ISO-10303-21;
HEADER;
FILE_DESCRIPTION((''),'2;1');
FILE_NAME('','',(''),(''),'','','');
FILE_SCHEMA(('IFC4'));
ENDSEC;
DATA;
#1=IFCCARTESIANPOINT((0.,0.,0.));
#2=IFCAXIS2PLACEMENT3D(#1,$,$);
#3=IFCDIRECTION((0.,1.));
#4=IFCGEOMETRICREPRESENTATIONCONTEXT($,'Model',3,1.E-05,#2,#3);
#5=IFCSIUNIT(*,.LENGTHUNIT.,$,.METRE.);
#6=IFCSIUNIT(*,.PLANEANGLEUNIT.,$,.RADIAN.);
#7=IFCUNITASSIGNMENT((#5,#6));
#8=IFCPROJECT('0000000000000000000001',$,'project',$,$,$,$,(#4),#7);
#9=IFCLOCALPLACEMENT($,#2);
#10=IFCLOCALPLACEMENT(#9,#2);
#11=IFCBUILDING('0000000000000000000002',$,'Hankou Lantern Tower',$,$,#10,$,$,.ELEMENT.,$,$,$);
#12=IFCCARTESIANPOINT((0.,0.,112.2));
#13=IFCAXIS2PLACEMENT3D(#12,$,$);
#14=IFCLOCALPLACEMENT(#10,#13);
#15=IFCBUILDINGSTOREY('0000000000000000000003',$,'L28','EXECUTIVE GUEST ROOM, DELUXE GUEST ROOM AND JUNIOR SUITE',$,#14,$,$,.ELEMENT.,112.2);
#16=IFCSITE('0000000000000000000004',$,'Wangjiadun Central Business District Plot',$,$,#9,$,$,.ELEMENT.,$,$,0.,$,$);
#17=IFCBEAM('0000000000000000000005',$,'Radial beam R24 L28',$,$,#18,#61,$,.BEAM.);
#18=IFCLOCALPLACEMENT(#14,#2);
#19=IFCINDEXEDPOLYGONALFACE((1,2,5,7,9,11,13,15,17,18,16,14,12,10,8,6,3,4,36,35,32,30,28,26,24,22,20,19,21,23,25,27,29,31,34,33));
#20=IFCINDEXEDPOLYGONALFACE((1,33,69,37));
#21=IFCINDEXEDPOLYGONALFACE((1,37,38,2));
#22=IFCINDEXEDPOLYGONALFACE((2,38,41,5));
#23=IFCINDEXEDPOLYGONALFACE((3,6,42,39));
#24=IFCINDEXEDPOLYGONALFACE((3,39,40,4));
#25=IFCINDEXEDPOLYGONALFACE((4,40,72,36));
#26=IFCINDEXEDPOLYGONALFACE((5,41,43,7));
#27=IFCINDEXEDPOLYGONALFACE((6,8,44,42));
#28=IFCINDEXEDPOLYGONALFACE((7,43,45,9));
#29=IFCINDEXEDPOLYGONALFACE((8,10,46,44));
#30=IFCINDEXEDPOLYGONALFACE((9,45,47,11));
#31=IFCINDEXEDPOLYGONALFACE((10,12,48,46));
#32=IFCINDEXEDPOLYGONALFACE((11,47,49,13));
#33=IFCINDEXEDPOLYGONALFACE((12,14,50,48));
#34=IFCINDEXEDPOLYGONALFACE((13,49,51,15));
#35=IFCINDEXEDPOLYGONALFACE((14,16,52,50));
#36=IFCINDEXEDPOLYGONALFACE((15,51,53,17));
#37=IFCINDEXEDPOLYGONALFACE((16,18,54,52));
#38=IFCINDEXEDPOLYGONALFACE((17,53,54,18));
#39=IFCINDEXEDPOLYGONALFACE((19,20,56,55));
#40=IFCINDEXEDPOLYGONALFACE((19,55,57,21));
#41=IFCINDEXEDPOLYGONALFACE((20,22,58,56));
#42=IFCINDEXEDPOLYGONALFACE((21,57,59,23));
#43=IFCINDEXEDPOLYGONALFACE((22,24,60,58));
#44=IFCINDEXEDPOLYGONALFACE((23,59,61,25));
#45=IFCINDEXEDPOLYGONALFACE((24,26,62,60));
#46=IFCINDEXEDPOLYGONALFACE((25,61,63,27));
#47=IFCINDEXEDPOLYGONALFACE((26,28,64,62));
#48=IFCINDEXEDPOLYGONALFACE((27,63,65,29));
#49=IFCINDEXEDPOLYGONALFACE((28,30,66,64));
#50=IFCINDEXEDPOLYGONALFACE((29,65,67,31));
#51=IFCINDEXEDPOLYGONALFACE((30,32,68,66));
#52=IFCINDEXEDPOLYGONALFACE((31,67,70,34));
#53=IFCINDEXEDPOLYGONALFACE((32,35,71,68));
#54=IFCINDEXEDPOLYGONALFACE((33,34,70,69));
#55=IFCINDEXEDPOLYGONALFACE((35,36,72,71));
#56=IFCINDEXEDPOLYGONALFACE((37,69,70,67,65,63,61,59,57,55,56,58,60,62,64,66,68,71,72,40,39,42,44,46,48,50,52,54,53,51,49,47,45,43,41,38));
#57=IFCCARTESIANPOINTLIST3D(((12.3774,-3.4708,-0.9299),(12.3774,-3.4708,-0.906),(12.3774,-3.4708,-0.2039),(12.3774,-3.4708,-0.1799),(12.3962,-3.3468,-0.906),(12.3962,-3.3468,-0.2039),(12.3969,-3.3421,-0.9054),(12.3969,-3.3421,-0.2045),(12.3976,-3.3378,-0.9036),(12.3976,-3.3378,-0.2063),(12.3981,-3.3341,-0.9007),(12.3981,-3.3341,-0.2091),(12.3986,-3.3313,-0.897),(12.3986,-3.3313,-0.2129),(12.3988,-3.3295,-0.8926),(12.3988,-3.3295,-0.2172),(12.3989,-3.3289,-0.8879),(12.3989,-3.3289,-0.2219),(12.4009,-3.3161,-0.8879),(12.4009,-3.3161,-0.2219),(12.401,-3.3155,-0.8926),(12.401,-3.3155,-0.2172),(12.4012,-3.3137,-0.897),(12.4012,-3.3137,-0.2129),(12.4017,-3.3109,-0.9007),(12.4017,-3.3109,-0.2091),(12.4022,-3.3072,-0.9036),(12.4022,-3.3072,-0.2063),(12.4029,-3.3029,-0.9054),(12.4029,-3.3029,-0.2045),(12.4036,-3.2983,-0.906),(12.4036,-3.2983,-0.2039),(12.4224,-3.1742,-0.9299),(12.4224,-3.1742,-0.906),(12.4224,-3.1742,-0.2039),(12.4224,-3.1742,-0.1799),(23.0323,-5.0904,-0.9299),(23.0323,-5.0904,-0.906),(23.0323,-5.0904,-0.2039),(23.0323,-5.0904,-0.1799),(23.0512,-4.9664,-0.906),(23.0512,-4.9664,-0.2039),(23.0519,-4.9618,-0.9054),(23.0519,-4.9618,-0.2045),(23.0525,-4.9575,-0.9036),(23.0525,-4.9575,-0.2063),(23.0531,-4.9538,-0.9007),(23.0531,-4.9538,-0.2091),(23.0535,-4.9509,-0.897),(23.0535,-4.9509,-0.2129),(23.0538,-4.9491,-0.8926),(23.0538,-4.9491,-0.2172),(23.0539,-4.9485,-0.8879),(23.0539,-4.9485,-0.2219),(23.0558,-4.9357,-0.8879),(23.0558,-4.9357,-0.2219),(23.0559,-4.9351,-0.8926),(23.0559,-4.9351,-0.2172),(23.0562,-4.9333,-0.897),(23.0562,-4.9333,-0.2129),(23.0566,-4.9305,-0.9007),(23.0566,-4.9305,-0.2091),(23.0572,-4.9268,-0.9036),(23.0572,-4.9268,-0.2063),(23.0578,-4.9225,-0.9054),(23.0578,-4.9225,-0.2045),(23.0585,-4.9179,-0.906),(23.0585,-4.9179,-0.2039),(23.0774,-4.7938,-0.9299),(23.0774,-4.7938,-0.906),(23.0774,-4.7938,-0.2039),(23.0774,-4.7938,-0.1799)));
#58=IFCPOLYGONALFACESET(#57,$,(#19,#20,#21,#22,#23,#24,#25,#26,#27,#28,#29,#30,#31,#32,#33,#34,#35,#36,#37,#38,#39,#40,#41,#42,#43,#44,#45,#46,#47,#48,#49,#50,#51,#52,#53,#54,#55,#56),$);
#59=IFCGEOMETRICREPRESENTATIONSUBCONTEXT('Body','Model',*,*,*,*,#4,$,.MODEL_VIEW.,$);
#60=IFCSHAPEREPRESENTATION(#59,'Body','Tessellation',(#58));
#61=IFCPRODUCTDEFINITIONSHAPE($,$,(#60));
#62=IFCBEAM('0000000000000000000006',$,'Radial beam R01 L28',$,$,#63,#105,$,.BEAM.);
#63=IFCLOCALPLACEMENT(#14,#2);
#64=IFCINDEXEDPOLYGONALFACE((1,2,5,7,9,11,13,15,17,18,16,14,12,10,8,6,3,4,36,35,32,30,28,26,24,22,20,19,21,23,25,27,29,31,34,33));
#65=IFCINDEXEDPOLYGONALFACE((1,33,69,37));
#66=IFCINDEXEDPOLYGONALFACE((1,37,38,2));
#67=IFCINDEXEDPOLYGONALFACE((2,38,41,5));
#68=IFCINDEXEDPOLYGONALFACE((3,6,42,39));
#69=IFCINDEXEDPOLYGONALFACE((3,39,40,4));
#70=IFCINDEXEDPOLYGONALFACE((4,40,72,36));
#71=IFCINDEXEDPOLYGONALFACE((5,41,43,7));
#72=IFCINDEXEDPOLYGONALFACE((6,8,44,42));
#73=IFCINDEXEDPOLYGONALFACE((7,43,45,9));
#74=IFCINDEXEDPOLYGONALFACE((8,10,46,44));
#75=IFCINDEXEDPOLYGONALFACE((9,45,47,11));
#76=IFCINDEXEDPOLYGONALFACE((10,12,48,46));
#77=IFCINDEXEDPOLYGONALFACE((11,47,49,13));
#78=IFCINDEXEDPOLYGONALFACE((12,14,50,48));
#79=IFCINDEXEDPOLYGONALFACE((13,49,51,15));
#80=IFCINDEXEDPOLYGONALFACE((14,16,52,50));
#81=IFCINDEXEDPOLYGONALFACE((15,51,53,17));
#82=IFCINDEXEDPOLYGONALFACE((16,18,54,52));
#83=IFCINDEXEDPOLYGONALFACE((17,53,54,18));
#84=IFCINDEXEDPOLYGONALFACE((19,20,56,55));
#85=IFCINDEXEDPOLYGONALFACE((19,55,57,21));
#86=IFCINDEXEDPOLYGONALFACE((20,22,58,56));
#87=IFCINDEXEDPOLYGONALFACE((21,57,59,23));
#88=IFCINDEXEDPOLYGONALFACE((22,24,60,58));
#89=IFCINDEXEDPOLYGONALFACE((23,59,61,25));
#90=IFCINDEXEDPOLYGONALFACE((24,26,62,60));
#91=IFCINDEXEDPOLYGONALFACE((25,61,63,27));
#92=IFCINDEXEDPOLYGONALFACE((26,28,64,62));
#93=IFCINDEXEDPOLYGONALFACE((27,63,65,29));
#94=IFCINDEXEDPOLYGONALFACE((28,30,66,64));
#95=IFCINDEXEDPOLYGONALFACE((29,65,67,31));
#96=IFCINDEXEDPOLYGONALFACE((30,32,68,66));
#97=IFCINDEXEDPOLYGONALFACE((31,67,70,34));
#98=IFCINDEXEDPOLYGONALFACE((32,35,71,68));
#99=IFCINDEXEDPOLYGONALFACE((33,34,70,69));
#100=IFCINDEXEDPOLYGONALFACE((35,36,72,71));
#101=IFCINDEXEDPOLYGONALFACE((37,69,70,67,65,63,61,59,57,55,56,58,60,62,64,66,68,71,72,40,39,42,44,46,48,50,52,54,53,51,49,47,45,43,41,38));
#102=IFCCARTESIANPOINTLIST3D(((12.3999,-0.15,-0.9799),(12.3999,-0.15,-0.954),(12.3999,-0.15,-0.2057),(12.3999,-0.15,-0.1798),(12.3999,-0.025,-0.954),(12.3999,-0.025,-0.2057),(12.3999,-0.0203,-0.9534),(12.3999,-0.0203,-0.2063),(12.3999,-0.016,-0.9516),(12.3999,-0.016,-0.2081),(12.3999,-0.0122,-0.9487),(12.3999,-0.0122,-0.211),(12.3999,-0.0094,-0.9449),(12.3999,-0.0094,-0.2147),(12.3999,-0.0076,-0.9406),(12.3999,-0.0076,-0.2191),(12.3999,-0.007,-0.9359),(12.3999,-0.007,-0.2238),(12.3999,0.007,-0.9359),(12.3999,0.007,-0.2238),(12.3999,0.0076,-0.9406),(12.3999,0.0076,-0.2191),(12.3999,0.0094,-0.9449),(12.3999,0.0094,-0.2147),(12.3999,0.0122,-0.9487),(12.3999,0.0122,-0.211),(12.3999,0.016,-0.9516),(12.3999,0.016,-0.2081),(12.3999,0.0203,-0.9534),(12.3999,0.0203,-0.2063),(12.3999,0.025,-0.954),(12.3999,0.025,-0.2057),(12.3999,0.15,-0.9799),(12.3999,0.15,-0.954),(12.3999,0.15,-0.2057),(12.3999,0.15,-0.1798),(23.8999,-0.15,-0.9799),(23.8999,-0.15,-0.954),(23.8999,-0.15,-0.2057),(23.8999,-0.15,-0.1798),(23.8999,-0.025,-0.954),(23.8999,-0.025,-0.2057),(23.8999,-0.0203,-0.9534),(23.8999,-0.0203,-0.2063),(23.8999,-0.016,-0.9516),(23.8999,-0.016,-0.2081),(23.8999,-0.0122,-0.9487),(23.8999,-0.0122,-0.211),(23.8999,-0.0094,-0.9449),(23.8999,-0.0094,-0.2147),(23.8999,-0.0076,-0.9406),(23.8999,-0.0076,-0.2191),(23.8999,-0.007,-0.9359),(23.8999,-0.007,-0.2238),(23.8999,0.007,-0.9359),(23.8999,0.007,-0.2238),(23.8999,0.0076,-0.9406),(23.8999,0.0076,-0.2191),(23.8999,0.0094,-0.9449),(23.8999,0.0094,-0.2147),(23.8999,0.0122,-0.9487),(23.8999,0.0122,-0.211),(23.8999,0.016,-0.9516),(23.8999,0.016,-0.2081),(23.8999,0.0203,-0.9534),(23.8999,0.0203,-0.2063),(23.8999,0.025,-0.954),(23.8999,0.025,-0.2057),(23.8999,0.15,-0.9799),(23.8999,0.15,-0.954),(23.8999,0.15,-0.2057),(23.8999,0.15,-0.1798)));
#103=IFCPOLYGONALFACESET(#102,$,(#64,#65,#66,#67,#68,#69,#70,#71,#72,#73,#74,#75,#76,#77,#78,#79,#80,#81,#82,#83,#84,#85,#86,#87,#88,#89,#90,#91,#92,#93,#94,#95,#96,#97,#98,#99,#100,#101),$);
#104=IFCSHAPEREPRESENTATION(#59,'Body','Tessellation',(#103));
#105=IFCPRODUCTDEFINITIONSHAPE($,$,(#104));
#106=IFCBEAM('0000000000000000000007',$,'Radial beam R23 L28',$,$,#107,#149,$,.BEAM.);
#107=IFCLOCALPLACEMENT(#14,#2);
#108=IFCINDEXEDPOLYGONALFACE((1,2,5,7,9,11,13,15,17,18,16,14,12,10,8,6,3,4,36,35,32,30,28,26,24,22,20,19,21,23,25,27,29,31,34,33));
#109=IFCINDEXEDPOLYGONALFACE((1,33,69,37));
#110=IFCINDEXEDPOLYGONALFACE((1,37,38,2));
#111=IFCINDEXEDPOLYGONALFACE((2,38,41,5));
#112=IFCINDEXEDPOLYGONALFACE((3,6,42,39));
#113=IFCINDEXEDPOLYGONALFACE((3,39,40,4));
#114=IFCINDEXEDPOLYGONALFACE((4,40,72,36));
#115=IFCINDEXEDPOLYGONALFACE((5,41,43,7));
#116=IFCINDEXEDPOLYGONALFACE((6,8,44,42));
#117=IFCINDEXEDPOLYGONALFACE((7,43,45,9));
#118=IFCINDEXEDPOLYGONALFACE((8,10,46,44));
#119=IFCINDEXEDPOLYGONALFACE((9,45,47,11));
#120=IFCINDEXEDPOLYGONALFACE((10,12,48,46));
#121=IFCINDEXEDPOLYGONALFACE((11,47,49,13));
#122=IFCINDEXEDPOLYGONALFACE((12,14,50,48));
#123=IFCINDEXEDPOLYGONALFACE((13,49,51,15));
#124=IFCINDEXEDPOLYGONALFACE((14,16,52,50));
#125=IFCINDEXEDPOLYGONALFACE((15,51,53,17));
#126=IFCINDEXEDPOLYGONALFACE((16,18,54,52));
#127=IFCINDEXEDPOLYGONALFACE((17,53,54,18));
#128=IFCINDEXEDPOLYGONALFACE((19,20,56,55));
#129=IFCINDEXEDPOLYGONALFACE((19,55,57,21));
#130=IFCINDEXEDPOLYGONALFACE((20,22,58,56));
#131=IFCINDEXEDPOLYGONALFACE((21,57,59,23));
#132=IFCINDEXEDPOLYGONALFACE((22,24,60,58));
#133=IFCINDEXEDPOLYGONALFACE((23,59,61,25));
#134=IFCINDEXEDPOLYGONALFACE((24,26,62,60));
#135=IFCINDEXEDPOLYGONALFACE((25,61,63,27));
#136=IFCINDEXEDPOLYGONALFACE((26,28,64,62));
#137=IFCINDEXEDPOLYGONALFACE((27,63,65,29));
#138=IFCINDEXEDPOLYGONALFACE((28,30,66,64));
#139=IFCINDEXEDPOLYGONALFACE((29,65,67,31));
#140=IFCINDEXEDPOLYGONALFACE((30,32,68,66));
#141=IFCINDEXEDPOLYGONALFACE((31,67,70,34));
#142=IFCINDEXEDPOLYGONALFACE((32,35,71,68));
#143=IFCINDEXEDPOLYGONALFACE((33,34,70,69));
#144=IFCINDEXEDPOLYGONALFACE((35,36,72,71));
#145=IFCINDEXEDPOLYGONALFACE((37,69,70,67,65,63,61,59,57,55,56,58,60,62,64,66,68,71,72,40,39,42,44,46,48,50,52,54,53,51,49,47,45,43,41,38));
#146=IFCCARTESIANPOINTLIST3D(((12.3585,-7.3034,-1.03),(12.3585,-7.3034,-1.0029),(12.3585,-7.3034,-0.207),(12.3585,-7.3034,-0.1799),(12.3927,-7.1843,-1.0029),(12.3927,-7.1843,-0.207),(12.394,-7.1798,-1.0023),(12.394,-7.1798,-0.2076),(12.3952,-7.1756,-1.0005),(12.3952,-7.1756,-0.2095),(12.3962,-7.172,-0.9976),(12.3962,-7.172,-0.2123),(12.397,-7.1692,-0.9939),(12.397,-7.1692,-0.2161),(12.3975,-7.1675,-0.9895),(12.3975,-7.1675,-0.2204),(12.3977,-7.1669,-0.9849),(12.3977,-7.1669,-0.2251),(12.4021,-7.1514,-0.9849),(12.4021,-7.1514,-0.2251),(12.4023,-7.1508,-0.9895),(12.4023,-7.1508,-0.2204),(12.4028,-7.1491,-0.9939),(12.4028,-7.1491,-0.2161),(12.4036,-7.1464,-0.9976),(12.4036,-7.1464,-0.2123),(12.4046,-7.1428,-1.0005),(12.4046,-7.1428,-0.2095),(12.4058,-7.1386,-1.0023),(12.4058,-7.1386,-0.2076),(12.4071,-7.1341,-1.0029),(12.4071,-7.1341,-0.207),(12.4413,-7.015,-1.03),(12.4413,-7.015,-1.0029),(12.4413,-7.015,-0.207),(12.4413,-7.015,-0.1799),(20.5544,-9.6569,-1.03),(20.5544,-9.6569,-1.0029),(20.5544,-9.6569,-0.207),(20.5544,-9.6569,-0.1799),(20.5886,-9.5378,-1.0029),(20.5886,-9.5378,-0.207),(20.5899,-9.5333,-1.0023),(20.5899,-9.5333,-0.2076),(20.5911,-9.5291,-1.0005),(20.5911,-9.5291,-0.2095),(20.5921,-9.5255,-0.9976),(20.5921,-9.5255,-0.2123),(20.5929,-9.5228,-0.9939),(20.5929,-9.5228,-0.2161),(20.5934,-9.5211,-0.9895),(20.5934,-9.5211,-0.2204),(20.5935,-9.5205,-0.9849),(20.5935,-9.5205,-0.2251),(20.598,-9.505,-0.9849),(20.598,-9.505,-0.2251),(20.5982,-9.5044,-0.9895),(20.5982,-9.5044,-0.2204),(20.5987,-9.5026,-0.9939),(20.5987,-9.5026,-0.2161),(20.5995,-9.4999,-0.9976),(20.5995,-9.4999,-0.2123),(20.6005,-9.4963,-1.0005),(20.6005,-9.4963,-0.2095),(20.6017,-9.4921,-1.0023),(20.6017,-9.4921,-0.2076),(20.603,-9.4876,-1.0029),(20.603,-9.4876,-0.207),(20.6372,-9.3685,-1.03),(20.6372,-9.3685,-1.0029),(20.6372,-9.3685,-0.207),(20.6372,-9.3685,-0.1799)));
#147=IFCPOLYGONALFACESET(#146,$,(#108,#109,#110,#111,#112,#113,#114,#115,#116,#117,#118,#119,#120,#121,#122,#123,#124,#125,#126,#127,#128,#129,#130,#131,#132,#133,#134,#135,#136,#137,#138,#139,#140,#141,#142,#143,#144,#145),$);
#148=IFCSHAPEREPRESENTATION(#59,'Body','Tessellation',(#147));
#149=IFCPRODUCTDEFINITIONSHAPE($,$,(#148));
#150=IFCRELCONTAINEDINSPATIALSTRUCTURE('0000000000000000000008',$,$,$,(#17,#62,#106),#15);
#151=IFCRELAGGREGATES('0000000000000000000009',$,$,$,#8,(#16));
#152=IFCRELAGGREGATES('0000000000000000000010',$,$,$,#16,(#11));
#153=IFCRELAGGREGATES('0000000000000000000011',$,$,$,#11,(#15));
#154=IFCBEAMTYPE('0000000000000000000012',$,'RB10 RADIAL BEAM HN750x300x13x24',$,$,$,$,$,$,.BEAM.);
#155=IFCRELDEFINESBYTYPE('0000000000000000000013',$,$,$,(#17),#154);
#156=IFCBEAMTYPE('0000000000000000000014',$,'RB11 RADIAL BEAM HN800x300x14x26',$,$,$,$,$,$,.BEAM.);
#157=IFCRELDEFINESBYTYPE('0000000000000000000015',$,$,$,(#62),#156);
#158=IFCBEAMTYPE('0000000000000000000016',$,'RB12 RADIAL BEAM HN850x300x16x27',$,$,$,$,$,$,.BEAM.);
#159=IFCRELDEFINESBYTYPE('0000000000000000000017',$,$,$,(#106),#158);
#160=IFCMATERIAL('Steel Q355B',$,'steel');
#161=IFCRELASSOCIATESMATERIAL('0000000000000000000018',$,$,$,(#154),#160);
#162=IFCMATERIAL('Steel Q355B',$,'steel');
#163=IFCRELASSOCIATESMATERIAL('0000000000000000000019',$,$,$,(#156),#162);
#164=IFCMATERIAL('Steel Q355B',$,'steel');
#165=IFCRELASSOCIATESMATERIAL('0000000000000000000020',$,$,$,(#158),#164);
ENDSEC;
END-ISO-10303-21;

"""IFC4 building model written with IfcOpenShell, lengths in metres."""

from ifc_helpers import new_model, si_unit, direction, frame, origin, origin_2d, place, context, subcontext, project, spatial, i_section, extrude, material, material_profile, profile_set, type_object, element, save


model = new_model("IFC4")

# Units and contexts
model_context = context("Model", 3, precision=1e-05, world=origin(), true_north=direction((0.0, 1.0)))
body_context = subcontext(model_context, "Body", "Model", "MODEL_VIEW")
ifc_project = project(units=[si_unit("LENGTHUNIT", "METRE"), si_unit("PLANEANGLEUNIT", "RADIAN")], contexts=[model_context])

# Site, building, storey
site_placement = place(None, origin())
site = spatial("IfcSite", under=ifc_project, at=site_placement, Name="Wangjiadun Central Business District Plot", CompositionType="ELEMENT", RefElevation=0.0)
building_placement = place(site_placement, origin())
building = spatial("IfcBuilding", under=site, at=building_placement, Name="Hankou Lantern Tower", CompositionType="ELEMENT")
storey_placement = place(building_placement, frame((0.0, 0.0, 112.2)))
storey = spatial("IfcBuildingStorey", under=building, at=storey_placement, Name="L28", Description="EXECUTIVE GUEST ROOM, DELUXE GUEST ROOM AND JUNIOR SUITE", CompositionType="ELEMENT", Elevation=112.2)

# Beams
ifc_material_1 = material(Name="Steel Q355B", Category="steel")
ifc_material_profile_1 = material_profile(ifc_material_1, i_section(OverallWidth=0.3, OverallDepth=0.75, WebThickness=0.0129, FlangeThickness=0.0239, FilletRadius=0.0181, at=origin_2d()), Name="HN750x300x13x24")
ifc_profile_set_1 = profile_set([ifc_material_profile_1], Name="Steel Q355B")
beam_type_1 = type_object("IfcBeamType", Name="RB10 RADIAL BEAM HN750x300x13x24", PredefinedType="BEAM", material=ifc_profile_set_1)
beam_1_placement = place(storey_placement, frame((12.3999, -3.3225, -0.5549), z_axis=(0.988644, -0.15028, 0.0), x_axis=(0.15028, 0.988644, 0.0)))
element("IfcBeam", 1, at=beam_1_placement, inside=storey, type_object=beam_type_1, Name="Radial beam R24 L28", PredefinedType="BEAM", context=body_context, shape_type="SweptSolid", body=[
    extrude(i_section(OverallWidth=0.3, OverallDepth=0.75, WebThickness=0.0129, FlangeThickness=0.0239, FilletRadius=0.0181, at=origin_2d()), origin(), (0.0, 0.0, 1.0), 10.7773),
])
ifc_material_2 = material(Name="Steel Q355B", Category="steel")
ifc_material_profile_2 = material_profile(ifc_material_2, i_section(OverallWidth=0.3, OverallDepth=0.8, WebThickness=0.0139, FlangeThickness=0.0259, FilletRadius=0.0181, at=origin_2d()), Name="HN800x300x14x26")
ifc_profile_set_2 = profile_set([ifc_material_profile_2], Name="Steel Q355B")
beam_type_2 = type_object("IfcBeamType", Name="RB11 RADIAL BEAM HN800x300x14x26", PredefinedType="BEAM", material=ifc_profile_set_2)
beam_2_placement = place(storey_placement, frame((12.3999, 0.0, -0.5798), z_axis=(1.0, 0.0, 0.0), x_axis=(0.0, 1.0, 0.0)))
element("IfcBeam", 2, at=beam_2_placement, inside=storey, type_object=beam_type_2, Name="Radial beam R01 L28", PredefinedType="BEAM", context=body_context, shape_type="SweptSolid", body=[
    extrude(i_section(OverallWidth=0.3, OverallDepth=0.8, WebThickness=0.0139, FlangeThickness=0.0259, FilletRadius=0.0181, at=origin_2d()), origin(), (0.0, 0.0, 1.0), 11.5),
])
ifc_material_3 = material(Name="Steel Q355B", Category="steel")
ifc_material_profile_3 = material_profile(ifc_material_3, i_section(OverallWidth=0.3, OverallDepth=0.8501, WebThickness=0.0161, FlangeThickness=0.0271, FilletRadius=0.0181, at=origin_2d()), Name="HN850x300x16x27")
ifc_profile_set_3 = profile_set([ifc_material_profile_3], Name="Steel Q355B")
beam_type_3 = type_object("IfcBeamType", Name="RB12 RADIAL BEAM HN850x300x16x27", PredefinedType="BEAM", material=ifc_profile_set_3)
beam_3_placement = place(storey_placement, frame((12.3999, -7.1592, -0.605), z_axis=(0.961156, -0.276007, 0.0), x_axis=(0.276007, 0.961156, 0.0)))
element("IfcBeam", 3, at=beam_3_placement, inside=storey, type_object=beam_type_3, Name="Radial beam R23 L28", PredefinedType="BEAM", context=body_context, shape_type="SweptSolid", body=[
    extrude(i_section(OverallWidth=0.3, OverallDepth=0.8501, WebThickness=0.0161, FlangeThickness=0.0271, FilletRadius=0.0181, at=origin_2d()), origin(), (0.0, 0.0, 1.0), 8.5271),
])

save(model, "model.ifc")
